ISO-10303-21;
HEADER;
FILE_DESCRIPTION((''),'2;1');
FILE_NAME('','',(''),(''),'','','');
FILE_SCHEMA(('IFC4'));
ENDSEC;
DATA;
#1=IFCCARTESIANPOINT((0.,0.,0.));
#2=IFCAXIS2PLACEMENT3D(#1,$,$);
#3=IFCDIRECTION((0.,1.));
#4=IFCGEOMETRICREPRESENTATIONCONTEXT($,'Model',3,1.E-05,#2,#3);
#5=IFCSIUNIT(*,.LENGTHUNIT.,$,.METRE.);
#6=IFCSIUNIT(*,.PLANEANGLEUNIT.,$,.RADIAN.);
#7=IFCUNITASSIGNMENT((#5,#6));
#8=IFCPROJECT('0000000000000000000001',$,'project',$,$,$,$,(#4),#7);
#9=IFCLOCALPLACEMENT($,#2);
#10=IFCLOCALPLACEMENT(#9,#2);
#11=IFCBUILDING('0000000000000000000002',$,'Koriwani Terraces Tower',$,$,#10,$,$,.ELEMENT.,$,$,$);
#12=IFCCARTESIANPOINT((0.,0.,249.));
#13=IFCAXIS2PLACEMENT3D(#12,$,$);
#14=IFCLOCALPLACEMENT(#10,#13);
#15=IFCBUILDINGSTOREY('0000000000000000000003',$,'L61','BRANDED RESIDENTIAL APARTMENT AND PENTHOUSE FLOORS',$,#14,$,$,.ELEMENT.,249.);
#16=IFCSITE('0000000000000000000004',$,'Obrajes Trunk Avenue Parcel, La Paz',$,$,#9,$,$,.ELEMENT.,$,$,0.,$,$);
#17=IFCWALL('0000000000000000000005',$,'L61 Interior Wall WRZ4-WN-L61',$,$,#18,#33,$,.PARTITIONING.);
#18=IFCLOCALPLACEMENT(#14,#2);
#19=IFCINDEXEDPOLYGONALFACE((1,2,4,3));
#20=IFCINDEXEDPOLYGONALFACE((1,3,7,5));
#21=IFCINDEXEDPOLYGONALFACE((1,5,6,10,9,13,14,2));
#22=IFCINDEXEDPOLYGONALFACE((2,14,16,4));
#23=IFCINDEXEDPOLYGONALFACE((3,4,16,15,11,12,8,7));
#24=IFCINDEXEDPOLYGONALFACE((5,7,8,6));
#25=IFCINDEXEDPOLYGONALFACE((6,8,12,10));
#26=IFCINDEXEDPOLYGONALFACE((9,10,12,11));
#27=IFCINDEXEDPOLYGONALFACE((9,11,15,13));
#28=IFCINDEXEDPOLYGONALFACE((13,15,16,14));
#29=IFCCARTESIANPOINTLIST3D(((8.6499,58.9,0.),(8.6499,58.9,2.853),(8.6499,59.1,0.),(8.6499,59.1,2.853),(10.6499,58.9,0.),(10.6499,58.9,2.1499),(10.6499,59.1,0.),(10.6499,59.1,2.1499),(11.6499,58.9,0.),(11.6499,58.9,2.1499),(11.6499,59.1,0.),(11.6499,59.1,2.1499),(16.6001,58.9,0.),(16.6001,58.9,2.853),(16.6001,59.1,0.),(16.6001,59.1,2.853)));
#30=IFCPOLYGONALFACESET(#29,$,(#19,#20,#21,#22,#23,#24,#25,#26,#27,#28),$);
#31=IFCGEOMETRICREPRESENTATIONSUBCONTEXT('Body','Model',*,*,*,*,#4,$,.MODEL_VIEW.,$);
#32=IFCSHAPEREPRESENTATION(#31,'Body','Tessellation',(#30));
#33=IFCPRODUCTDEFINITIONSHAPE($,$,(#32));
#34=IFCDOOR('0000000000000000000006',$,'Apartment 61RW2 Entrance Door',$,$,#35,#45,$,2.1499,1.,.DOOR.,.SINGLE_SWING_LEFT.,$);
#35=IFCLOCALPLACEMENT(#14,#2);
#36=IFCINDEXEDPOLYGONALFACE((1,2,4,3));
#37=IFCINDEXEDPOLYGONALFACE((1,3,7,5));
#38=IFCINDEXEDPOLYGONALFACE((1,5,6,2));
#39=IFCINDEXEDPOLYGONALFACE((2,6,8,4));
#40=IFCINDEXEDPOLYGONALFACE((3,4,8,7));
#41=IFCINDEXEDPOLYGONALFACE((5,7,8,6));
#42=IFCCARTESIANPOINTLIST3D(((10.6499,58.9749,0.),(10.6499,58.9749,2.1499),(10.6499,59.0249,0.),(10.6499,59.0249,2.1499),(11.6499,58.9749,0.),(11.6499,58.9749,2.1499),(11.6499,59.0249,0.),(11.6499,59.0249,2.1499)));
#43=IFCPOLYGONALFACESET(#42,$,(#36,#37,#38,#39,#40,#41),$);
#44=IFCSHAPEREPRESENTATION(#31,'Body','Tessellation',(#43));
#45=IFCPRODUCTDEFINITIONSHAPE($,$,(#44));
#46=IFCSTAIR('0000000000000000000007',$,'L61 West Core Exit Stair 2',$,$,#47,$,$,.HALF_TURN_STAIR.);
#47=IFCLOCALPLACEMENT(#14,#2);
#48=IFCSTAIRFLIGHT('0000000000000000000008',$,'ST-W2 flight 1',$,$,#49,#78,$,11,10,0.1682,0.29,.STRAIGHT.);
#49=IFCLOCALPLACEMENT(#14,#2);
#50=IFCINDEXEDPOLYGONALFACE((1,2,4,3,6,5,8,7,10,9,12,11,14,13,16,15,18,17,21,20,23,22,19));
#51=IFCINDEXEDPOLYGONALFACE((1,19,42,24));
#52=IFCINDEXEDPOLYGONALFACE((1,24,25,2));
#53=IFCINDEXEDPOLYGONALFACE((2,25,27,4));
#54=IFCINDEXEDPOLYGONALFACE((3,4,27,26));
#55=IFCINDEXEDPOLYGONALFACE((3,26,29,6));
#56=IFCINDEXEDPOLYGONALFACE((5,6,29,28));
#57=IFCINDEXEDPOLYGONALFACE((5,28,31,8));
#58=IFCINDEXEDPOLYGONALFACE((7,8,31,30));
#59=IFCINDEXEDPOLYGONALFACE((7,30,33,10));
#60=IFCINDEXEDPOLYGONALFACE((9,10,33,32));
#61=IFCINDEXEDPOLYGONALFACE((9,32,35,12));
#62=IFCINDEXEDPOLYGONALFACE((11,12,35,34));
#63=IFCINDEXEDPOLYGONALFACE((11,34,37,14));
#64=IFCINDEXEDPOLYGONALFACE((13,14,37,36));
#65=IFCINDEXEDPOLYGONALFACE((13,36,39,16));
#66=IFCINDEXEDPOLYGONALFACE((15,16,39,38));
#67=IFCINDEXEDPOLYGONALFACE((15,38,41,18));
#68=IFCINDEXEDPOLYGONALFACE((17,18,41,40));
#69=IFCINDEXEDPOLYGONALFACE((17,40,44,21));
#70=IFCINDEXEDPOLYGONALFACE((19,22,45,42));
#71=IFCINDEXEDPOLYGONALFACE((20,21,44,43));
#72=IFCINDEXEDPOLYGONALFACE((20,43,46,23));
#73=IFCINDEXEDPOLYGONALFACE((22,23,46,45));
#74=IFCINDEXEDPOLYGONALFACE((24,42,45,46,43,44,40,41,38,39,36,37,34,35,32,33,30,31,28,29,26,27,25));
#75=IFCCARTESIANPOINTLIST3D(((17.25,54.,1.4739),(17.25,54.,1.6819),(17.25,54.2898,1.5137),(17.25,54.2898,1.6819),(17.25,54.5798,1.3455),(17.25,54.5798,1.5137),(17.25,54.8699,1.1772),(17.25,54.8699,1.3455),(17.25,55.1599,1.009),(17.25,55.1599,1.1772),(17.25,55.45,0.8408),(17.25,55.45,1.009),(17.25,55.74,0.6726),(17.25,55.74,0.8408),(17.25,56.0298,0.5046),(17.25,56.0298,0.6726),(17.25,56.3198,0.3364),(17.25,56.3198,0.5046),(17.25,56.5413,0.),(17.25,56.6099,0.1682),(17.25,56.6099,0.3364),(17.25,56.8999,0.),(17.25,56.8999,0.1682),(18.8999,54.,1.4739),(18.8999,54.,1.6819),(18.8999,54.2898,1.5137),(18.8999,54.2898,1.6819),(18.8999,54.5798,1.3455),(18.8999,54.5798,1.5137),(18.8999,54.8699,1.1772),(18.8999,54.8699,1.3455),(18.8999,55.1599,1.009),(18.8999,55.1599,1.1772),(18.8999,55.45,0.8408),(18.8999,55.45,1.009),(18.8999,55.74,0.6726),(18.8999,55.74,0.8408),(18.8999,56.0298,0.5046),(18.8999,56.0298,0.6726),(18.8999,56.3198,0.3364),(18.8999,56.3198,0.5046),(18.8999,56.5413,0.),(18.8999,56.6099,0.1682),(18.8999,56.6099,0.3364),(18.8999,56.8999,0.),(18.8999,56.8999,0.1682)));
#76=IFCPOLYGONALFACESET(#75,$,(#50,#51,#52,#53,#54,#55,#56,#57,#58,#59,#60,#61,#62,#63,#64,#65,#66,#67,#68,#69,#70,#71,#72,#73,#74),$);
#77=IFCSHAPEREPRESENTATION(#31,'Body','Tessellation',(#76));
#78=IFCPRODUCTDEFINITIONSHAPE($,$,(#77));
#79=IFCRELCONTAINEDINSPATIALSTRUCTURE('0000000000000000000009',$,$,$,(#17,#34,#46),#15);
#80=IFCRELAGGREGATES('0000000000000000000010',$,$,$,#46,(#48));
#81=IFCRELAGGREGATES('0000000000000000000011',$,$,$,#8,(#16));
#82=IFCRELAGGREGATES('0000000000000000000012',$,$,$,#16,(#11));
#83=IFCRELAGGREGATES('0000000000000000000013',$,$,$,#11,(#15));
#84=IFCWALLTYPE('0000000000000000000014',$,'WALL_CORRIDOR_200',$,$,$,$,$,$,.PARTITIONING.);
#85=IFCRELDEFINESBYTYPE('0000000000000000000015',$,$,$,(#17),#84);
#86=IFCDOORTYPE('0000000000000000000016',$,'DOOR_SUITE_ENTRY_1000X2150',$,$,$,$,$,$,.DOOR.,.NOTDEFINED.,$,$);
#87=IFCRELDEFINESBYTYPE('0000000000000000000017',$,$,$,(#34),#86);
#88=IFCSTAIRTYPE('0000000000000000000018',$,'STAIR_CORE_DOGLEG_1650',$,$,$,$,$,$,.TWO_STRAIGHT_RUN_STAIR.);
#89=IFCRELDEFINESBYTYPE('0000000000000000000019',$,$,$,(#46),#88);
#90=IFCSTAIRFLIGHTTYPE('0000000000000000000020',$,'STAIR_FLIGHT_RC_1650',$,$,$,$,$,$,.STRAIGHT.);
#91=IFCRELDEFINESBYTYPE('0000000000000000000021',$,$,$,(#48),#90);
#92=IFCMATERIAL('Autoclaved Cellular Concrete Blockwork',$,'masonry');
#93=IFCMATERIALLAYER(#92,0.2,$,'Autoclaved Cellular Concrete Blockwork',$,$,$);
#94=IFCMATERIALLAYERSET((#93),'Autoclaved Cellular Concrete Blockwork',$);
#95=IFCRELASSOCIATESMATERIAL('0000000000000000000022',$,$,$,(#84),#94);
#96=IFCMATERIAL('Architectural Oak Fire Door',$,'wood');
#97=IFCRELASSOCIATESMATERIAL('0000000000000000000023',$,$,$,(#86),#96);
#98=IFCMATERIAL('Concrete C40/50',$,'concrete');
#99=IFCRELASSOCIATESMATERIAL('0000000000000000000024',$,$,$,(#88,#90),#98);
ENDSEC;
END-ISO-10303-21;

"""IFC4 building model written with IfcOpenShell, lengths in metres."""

from ifc_helpers import new_model, si_unit, direction, frame, frame_2d, origin, place, context, subcontext, project, spatial, polyline, rectangle, outline, extrude, material, layer, layer_set, type_object, element, fill, aggregate, save


model = new_model("IFC4")

# Units and contexts
model_context = context("Model", 3, precision=1e-05, world=origin(), true_north=direction((0.0, 1.0)))
body_context = subcontext(model_context, "Body", "Model", "MODEL_VIEW")
ifc_project = project(units=[si_unit("LENGTHUNIT", "METRE"), si_unit("PLANEANGLEUNIT", "RADIAN")], contexts=[model_context])

# Site, building, storey
site_placement = place(None, origin())
site = spatial("IfcSite", under=ifc_project, at=site_placement, Name="Obrajes Trunk Avenue Parcel, La Paz", CompositionType="ELEMENT", RefElevation=0.0)
building_placement = place(site_placement, origin())
building = spatial("IfcBuilding", under=site, at=building_placement, Name="Koriwani Terraces Tower", CompositionType="ELEMENT")
storey_placement = place(building_placement, frame((0.0, 0.0, 249.0)))
storey = spatial("IfcBuildingStorey", under=building, at=storey_placement, Name="L61", Description="BRANDED RESIDENTIAL APARTMENT AND PENTHOUSE FLOORS", CompositionType="ELEMENT", Elevation=249.0)

# Shared definitions
ifc_material_1 = material(Name="Concrete C40/50", Category="concrete")

# Wall, opening, door
ifc_material_2 = material(Name="Autoclaved Cellular Concrete Blockwork", Category="masonry")
ifc_layer_1 = layer(ifc_material_2, 0.2, Name="Autoclaved Cellular Concrete Blockwork")
ifc_layer_set_1 = layer_set([ifc_layer_1], Name="Autoclaved Cellular Concrete Blockwork")
wall_type_1 = type_object("IfcWallType", Name="WALL_CORRIDOR_200", PredefinedType="PARTITIONING", material=ifc_layer_set_1)
wall_1_placement = place(storey_placement, frame((8.6499, 59.0, 0.0), z_axis=(0.0, 0.0, 1.0), x_axis=(1.0, 0.0, 0.0)))
wall_1 = element("IfcWall", 1, at=wall_1_placement, inside=storey, type_object=wall_type_1, Name="L61 Interior Wall WRZ4-WN-L61", PredefinedType="PARTITIONING", context=body_context, shape_type="SweptSolid", body=[
    extrude(rectangle(XDim=7.9502, YDim=0.2, at=frame_2d((3.9751, 0.0))), origin(), (0.0, 0.0, 1.0), 2.853),
])
opening_1_placement = place(wall_1_placement, frame((2.0, 0.0, 0.0)))
opening_1 = element("IfcOpeningElement", 2, at=opening_1_placement, cuts=wall_1, PredefinedType="OPENING", context=body_context, shape_type="SweptSolid", body=[
    extrude(rectangle(XDim=1.0, YDim=2.1499, at=frame_2d((0.5, 1.075))), frame((0.0, 0.1099, 0.0), z_axis=(0.0, -1.0, 0.0), x_axis=(1.0, 0.0, 0.0)), (0.0, 0.0, 1.0), 0.22),
])
ifc_material_3 = material(Name="Architectural Oak Fire Door", Category="wood")
door_type_1 = type_object("IfcDoorType", Name="DOOR_SUITE_ENTRY_1000X2150", OperationType="NOTDEFINED", PredefinedType="DOOR", material=ifc_material_3)
door_1_placement = place(opening_1_placement, origin())
door_1 = element("IfcDoor", 3, at=door_1_placement, inside=storey, type_object=door_type_1, Name="Apartment 61RW2 Entrance Door", OperationType="SINGLE_SWING_LEFT", OverallHeight=2.1499, OverallWidth=1.0, PredefinedType="DOOR", context=body_context, shape_type="SweptSolid", body=[
    extrude(rectangle(XDim=1.0, YDim=2.1499, at=frame_2d((0.5, 1.075))), frame((0.0, 0.0249, 0.0), z_axis=(0.0, -1.0, 0.0), x_axis=(1.0, 0.0, 0.0)), (0.0, 0.0, 1.0), 0.05),
])
fill(opening_1, door_1)

# Stair, stair flight
stair_type = type_object("IfcStairType", Name="STAIR_CORE_DOGLEG_1650", PredefinedType="TWO_STRAIGHT_RUN_STAIR", material=ifc_material_1)
stair_placement = place(storey_placement, origin())
stair = element("IfcStair", 4, at=stair_placement, inside=storey, type_object=stair_type, Name="L61 West Core Exit Stair 2", PredefinedType="HALF_TURN_STAIR")
stair_flight_type = type_object("IfcStairFlightType", Name="STAIR_FLIGHT_RC_1650", PredefinedType="STRAIGHT", material=ifc_material_1)
stair_flight_placement = place(storey_placement, frame((18.075, 56.8999, 0.0), z_axis=(0.0, 0.0, 1.0), x_axis=(0.0, -1.0, 0.0)))
stair_flight = element("IfcStairFlight", 5, at=stair_flight_placement, type_object=stair_flight_type, Name="ST-W2 flight 1", NumberOfRisers=11, NumberOfTreads=10, PredefinedType="STRAIGHT", RiserHeight=0.1682, TreadLength=0.29, context=body_context, shape_type="SweptSolid", body=[
    extrude(outline(polyline([(0.0, 0.0), (0.0, 0.1682), (0.29, 0.1682), (0.29, 0.3364), (0.5801, 0.3364), (0.5801, 0.5046), (0.8701, 0.5046), (0.8701, 0.6726), (1.1599, 0.6726), (1.1599, 0.8408), (1.45, 0.8408), (1.45, 1.009), (1.74, 1.009), (1.74, 1.1772), (2.03, 1.1772), (2.03, 1.3455), (2.3201, 1.3455), (2.3201, 1.5137), (2.6101, 1.5137), (2.6101, 1.6819), (2.8999, 1.6819), (2.8999, 1.8501), (2.8999, 1.4739), (0.3586, 0.0), (0.0, 0.0)])), frame((0.0, 0.825, 0.0), z_axis=(0.0, -1.0, 0.0), x_axis=(1.0, 0.0, 0.0)), (0.0, 0.0, 1.0), 1.6499),
])
aggregate(stair, [stair_flight])

save(model, "model.ifc")
